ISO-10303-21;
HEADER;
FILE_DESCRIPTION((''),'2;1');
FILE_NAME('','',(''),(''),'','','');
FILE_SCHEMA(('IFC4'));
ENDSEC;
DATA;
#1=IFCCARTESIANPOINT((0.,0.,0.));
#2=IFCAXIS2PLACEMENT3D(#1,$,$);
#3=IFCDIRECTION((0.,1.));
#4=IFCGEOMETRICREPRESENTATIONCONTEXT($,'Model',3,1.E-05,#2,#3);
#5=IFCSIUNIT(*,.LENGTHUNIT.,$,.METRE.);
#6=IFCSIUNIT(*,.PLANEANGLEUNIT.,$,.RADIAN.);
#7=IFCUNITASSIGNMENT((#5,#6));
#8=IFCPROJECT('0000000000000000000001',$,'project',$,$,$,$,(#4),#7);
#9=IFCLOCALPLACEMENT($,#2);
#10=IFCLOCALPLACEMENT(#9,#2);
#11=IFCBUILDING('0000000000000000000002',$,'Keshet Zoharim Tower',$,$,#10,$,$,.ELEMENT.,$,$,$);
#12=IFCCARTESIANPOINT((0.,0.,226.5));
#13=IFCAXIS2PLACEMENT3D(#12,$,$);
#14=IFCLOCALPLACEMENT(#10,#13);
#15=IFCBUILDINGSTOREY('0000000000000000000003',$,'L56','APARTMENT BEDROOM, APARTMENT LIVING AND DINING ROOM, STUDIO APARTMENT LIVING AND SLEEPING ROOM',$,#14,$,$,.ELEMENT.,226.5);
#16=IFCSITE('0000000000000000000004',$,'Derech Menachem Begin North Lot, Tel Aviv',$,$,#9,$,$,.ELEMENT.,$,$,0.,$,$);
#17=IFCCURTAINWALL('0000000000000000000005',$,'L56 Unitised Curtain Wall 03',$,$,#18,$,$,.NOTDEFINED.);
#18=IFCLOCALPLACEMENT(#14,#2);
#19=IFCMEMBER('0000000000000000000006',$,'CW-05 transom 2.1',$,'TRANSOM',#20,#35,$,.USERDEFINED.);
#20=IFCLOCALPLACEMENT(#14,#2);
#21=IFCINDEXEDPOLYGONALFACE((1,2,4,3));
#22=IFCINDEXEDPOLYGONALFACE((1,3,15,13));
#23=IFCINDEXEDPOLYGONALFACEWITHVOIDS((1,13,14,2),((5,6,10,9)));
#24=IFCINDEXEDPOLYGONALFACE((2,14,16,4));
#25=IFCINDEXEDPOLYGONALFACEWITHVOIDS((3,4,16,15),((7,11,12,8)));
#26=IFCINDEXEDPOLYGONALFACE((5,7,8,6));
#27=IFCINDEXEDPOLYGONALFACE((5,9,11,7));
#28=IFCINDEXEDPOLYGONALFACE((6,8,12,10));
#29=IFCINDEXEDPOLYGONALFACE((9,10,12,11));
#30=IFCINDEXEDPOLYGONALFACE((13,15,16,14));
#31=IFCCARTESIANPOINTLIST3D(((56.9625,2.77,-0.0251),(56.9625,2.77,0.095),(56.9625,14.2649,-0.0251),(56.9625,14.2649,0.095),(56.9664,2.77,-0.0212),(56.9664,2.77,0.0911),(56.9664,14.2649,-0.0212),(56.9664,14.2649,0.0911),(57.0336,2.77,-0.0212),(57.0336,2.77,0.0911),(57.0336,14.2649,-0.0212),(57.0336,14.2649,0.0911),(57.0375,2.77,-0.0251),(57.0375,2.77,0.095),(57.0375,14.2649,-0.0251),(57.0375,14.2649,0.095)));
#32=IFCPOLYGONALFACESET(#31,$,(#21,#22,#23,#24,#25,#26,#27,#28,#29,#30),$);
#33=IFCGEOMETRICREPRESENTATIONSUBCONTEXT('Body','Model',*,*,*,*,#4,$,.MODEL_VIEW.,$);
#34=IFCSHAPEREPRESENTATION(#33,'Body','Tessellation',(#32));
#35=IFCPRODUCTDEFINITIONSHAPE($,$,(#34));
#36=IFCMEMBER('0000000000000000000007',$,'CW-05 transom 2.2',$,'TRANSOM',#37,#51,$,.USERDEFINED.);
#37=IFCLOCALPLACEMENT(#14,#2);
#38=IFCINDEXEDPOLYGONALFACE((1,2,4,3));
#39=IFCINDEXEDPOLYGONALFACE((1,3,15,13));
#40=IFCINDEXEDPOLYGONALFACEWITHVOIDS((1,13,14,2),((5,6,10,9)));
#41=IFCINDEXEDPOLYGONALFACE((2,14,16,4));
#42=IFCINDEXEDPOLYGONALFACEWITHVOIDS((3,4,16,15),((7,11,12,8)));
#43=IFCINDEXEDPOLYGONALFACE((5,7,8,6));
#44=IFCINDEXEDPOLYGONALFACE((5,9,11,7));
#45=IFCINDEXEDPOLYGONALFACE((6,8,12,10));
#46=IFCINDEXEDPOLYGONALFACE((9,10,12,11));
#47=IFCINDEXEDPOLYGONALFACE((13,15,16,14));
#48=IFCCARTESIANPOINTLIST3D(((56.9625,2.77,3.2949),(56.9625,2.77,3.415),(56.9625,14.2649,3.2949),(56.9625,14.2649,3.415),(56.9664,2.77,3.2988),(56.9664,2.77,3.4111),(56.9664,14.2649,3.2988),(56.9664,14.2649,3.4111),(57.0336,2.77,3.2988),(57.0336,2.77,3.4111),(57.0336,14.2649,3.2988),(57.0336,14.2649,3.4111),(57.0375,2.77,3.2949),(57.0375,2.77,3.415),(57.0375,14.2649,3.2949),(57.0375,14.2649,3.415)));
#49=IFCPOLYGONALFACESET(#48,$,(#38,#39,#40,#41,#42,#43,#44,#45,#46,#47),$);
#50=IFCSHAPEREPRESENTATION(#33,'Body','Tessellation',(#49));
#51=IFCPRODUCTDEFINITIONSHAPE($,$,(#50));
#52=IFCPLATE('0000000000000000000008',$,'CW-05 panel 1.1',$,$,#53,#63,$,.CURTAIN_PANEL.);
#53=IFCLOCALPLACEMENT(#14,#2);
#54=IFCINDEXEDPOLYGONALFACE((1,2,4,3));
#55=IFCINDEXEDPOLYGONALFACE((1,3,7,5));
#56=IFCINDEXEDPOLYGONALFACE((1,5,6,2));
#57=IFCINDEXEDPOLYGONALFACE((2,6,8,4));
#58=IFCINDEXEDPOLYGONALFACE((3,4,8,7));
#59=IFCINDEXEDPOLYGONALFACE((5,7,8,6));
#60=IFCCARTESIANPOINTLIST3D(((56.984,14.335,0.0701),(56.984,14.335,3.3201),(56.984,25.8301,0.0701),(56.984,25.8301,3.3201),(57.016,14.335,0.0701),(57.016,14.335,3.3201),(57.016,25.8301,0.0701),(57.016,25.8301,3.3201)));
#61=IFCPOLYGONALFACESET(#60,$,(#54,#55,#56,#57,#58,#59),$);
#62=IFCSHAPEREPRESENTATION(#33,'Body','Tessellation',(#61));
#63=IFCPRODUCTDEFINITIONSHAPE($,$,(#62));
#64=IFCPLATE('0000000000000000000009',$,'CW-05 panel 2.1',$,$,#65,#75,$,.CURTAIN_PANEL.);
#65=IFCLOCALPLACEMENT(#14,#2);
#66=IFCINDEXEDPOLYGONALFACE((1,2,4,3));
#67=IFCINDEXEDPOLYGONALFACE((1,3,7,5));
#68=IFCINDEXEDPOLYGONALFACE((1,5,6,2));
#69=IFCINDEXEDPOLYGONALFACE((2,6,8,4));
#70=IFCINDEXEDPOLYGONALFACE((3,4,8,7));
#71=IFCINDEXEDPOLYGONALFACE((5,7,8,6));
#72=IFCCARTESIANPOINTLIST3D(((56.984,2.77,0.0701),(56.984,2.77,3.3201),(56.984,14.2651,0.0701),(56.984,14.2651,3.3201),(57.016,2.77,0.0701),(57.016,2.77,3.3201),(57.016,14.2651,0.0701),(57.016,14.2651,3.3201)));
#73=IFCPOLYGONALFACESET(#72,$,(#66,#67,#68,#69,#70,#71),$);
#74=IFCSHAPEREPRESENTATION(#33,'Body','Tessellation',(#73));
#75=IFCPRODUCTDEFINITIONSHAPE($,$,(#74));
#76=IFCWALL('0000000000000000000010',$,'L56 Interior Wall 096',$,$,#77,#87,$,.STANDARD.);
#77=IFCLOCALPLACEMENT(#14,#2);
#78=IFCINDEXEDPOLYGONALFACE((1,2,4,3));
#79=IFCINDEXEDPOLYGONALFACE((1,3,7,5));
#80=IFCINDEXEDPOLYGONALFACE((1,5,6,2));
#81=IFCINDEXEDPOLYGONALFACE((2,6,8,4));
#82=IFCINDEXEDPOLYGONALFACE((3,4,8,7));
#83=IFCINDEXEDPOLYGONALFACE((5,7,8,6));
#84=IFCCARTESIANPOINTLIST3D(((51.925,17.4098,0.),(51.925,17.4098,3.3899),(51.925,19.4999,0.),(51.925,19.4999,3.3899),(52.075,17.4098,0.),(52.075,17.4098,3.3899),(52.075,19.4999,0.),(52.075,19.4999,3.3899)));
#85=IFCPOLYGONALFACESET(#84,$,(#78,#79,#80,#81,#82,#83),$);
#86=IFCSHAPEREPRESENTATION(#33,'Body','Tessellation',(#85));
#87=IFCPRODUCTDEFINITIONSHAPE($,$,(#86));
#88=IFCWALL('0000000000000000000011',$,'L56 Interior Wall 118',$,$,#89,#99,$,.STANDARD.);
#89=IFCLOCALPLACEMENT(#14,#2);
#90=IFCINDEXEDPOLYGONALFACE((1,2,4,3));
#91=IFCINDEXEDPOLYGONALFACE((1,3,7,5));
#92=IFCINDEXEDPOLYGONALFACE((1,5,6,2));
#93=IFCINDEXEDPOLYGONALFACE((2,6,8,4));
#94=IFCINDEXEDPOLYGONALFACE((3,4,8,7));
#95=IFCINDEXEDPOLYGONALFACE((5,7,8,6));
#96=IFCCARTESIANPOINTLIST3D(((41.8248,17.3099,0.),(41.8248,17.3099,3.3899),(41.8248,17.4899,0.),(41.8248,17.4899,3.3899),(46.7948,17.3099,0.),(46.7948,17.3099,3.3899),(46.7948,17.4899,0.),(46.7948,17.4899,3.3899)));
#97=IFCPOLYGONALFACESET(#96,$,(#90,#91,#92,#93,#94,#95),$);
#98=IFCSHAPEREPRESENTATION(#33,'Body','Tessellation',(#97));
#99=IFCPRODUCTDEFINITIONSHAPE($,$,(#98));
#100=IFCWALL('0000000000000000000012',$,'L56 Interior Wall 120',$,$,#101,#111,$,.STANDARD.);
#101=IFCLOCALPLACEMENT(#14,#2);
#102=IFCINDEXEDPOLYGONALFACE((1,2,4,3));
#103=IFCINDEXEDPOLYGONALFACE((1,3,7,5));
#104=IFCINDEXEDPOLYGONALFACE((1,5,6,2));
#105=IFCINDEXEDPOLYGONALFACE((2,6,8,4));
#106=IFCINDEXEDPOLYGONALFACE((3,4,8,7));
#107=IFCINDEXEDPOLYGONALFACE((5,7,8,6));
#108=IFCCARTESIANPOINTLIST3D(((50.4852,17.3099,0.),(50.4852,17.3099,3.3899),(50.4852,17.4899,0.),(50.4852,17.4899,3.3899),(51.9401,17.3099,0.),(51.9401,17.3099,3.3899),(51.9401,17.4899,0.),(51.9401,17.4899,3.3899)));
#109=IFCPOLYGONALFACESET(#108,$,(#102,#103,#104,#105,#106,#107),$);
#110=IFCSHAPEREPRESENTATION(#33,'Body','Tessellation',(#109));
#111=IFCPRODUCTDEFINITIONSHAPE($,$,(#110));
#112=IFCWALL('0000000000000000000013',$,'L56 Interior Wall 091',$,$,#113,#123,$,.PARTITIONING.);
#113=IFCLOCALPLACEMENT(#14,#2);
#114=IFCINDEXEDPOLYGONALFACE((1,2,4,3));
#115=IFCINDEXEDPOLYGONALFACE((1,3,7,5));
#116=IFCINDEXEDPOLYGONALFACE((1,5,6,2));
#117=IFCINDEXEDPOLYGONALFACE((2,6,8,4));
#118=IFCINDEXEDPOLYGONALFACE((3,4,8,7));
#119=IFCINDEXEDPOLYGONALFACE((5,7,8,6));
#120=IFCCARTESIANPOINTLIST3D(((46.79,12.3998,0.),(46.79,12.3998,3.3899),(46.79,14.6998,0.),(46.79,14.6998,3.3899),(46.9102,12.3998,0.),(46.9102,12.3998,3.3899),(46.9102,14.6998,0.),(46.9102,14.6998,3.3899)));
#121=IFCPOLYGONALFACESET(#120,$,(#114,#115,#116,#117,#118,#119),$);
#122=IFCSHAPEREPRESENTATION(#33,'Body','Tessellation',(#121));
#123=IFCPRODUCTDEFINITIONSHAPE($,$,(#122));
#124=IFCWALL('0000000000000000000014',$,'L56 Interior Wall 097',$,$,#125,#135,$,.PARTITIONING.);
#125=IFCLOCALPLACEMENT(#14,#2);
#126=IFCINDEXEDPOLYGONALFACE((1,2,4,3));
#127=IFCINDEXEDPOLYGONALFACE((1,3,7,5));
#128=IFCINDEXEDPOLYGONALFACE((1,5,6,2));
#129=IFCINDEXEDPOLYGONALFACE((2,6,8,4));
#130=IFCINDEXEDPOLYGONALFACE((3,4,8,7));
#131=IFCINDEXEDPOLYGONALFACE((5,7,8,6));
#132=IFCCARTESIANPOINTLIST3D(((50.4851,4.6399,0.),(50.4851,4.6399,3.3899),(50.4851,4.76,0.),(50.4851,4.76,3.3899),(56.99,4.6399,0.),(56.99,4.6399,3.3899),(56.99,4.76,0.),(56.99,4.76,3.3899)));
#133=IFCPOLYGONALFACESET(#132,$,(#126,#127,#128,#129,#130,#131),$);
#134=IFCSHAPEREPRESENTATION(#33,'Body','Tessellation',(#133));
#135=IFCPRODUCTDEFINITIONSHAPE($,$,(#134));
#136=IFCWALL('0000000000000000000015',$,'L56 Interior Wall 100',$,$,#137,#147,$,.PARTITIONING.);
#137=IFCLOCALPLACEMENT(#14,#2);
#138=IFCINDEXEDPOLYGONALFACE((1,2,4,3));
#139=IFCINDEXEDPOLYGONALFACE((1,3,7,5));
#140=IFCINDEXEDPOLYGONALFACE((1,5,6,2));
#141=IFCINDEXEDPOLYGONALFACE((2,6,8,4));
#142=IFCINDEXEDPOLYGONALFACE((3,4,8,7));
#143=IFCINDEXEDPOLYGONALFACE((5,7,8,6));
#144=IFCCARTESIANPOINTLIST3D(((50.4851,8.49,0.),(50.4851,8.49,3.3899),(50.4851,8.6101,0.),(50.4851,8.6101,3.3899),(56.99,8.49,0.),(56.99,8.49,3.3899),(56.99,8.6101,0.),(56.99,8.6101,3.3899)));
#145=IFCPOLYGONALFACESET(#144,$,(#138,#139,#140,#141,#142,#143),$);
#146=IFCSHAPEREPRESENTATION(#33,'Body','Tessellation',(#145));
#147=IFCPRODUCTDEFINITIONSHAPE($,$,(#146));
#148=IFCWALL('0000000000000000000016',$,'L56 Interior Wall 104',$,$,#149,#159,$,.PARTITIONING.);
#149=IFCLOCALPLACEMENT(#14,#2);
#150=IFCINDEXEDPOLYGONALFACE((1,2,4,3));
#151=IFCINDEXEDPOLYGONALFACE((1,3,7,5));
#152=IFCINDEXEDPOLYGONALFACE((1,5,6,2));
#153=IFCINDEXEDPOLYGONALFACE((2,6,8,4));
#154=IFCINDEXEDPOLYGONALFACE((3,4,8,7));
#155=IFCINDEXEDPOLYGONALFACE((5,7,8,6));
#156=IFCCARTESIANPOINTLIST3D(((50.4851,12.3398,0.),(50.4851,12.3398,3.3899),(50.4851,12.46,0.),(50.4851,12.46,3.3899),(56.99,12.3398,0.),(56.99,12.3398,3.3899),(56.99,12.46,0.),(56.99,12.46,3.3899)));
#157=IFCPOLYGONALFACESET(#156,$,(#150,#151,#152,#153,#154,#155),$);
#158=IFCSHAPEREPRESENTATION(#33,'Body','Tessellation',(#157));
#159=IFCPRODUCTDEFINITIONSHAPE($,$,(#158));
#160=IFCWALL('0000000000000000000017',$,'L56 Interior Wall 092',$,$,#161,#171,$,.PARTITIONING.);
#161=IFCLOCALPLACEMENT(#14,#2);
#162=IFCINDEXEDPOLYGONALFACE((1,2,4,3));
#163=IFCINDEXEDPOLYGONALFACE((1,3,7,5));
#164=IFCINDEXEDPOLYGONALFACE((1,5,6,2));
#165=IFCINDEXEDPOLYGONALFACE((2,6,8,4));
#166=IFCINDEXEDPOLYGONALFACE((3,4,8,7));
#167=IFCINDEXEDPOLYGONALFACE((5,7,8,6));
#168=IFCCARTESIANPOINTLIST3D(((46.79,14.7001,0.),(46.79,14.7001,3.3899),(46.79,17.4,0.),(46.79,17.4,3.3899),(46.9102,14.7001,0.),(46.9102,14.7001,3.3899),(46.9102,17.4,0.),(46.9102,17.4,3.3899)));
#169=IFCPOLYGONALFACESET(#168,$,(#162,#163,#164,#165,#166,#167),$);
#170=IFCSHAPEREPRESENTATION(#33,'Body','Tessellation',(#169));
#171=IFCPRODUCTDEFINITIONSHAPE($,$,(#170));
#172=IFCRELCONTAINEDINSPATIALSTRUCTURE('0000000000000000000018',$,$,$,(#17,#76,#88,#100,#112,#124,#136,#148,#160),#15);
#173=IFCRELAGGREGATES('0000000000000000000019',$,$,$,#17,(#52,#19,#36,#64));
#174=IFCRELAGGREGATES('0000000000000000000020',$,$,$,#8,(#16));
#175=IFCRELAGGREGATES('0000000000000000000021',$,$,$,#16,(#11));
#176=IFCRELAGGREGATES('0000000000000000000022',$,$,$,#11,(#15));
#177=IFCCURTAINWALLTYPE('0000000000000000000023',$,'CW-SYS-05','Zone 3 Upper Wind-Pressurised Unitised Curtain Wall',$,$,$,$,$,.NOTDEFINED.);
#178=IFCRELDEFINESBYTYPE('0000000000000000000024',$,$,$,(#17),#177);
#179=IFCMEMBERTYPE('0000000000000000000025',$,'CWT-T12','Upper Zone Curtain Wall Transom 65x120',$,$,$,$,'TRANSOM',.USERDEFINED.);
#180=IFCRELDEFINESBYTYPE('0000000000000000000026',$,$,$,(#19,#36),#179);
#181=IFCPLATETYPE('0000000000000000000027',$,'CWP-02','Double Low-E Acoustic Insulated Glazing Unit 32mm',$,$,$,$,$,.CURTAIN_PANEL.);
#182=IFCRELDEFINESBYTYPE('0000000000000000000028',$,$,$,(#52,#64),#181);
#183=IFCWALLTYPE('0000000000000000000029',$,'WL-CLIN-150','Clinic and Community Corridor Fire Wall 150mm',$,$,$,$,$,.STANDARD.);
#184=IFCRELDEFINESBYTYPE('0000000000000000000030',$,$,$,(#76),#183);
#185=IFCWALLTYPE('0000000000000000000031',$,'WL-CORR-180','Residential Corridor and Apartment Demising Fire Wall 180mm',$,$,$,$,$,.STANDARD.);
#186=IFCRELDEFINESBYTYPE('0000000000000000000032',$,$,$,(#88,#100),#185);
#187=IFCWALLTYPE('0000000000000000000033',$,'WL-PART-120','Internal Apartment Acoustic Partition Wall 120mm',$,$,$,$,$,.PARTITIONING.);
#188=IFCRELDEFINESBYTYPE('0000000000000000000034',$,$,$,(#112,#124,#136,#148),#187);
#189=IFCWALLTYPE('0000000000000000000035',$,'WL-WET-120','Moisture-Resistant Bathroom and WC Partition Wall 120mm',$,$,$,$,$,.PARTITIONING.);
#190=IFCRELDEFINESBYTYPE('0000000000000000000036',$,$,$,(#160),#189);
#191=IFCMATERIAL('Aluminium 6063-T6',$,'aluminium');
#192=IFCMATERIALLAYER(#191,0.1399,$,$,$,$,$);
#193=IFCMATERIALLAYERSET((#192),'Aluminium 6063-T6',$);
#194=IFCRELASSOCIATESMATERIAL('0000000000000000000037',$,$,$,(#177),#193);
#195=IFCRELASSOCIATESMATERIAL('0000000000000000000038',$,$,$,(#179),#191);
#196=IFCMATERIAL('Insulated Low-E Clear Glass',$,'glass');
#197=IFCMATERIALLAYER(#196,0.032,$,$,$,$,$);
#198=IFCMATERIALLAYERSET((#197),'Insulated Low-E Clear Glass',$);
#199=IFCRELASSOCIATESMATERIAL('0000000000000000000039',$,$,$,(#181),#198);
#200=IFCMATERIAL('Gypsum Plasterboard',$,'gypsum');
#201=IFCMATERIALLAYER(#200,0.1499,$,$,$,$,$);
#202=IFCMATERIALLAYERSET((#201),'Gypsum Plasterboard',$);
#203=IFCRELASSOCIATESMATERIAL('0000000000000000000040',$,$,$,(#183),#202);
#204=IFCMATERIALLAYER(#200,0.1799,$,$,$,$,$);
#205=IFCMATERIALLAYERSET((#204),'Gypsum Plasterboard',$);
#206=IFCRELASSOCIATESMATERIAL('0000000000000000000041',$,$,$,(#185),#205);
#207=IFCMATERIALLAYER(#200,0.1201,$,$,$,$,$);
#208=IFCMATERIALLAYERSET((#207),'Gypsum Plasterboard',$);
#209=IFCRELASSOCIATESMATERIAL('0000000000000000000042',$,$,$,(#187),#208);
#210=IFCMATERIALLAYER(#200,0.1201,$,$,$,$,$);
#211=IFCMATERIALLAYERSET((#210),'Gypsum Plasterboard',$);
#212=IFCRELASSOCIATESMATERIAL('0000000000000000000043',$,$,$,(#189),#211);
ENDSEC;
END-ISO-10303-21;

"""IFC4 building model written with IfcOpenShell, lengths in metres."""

from ifc_helpers import new_model, si_unit, direction, frame, frame_2d, origin, origin_2d, place, context, subcontext, project, spatial, rectangle, hollow_rectangle, extrude, material, layer, layer_set, material_profile, profile_set, type_object, element, aggregate, save


model = new_model("IFC4")

# Units and contexts
model_context = context("Model", 3, precision=1e-05, world=origin(), true_north=direction((0.0, 1.0)))
body_context = subcontext(model_context, "Body", "Model", "MODEL_VIEW")
ifc_project = project(units=[si_unit("LENGTHUNIT", "METRE"), si_unit("PLANEANGLEUNIT", "RADIAN")], contexts=[model_context])

# Site, building, storey
site_placement = place(None, origin())
site = spatial("IfcSite", under=ifc_project, at=site_placement, Name="Derech Menachem Begin North Lot, Tel Aviv", CompositionType="ELEMENT", RefElevation=0.0)
building_placement = place(site_placement, origin())
building = spatial("IfcBuilding", under=site, at=building_placement, Name="Keshet Zoharim Tower", CompositionType="ELEMENT")
storey_placement = place(building_placement, frame((0.0, 0.0, 226.5)))
storey = spatial("IfcBuildingStorey", under=building, at=storey_placement, Name="L56", Description="APARTMENT BEDROOM, APARTMENT LIVING AND DINING ROOM, STUDIO APARTMENT LIVING AND SLEEPING ROOM", CompositionType="ELEMENT", Elevation=226.5)

# Curtain wall, members, plates
ifc_material_1 = material(Name="Aluminium 6063-T6", Category="aluminium")
ifc_layer_1 = layer(ifc_material_1, 0.1399)
ifc_layer_set_1 = layer_set([ifc_layer_1], Name="Aluminium 6063-T6")
curtain_wall_type = type_object("IfcCurtainWallType", Name="CW-SYS-05", Description="Zone 3 Upper Wind-Pressurised Unitised Curtain Wall", PredefinedType="NOTDEFINED", material=ifc_layer_set_1)
curtain_wall_placement = place(storey_placement, origin())
curtain_wall = element("IfcCurtainWall", 1, at=curtain_wall_placement, inside=storey, type_object=curtain_wall_type, Name="L56 Unitised Curtain Wall 03", PredefinedType="NOTDEFINED")
ifc_material_profile_1 = material_profile(ifc_material_1, hollow_rectangle(XDim=0.075, YDim=0.1201, WallThickness=0.0039, at=origin_2d()), Name="TRN-75x120")
ifc_profile_set_1 = profile_set([ifc_material_profile_1], Name="Aluminium 6063-T6")
member_type_1 = type_object("IfcMemberType", Name="CWT-T12", Description="Upper Zone Curtain Wall Transom 65x120", ElementType="TRANSOM", PredefinedType="USERDEFINED", material=ifc_profile_set_1)
member_1_placement = place(storey_placement, frame((57.0, 14.2649, 0.0349), z_axis=(0.0, -1.0, 0.0), x_axis=(1.0, 0.0, 0.0)))
member_1 = element("IfcMember", 2, at=member_1_placement, type_object=member_type_1, Name="CW-05 transom 2.1", ObjectType="TRANSOM", PredefinedType="USERDEFINED", context=body_context, shape_type="SweptSolid", body=[
    extrude(hollow_rectangle(XDim=0.075, YDim=0.1201, WallThickness=0.0039, at=origin_2d()), origin(), (0.0, 0.0, 1.0), 11.4949),
])
member_2_placement = place(storey_placement, frame((57.0, 14.2649, 3.355), z_axis=(0.0, -1.0, 0.0), x_axis=(1.0, 0.0, 0.0)))
member_2 = element("IfcMember", 3, at=member_2_placement, type_object=member_type_1, Name="CW-05 transom 2.2", ObjectType="TRANSOM", PredefinedType="USERDEFINED", context=body_context, shape_type="SweptSolid", body=[
    extrude(hollow_rectangle(XDim=0.075, YDim=0.1201, WallThickness=0.0039, at=origin_2d()), origin(), (0.0, 0.0, 1.0), 11.4949),
])
ifc_material_2 = material(Name="Insulated Low-E Clear Glass", Category="glass")
ifc_layer_2 = layer(ifc_material_2, 0.032)
ifc_layer_set_2 = layer_set([ifc_layer_2], Name="Insulated Low-E Clear Glass")
plate_type = type_object("IfcPlateType", Name="CWP-02", Description="Double Low-E Acoustic Insulated Glazing Unit 32mm", PredefinedType="CURTAIN_PANEL", material=ifc_layer_set_2)
plate_1_placement = place(storey_placement, frame((57.0, 20.0825, 0.0701), z_axis=(0.0, 0.0, 1.0), x_axis=(0.0, -1.0, 0.0)))
plate_1 = element("IfcPlate", 4, at=plate_1_placement, type_object=plate_type, Name="CW-05 panel 1.1", PredefinedType="CURTAIN_PANEL", context=body_context, shape_type="SweptSolid", body=[
    extrude(rectangle(XDim=11.4951, YDim=0.032, at=origin_2d()), origin(), (0.0, 0.0, 1.0), 3.25),
])
plate_2_placement = place(storey_placement, frame((57.0, 8.5176, 0.0701), z_axis=(0.0, 0.0, 1.0), x_axis=(0.0, -1.0, 0.0)))
plate_2 = element("IfcPlate", 5, at=plate_2_placement, type_object=plate_type, Name="CW-05 panel 2.1", PredefinedType="CURTAIN_PANEL", context=body_context, shape_type="SweptSolid", body=[
    extrude(rectangle(XDim=11.4951, YDim=0.032, at=origin_2d()), origin(), (0.0, 0.0, 1.0), 3.25),
])
aggregate(curtain_wall, [plate_1, member_1, member_2, plate_2])

# Walls
ifc_material_3 = material(Name="Gypsum Plasterboard", Category="gypsum")
ifc_layer_3 = layer(ifc_material_3, 0.1499)
ifc_layer_set_3 = layer_set([ifc_layer_3], Name="Gypsum Plasterboard")
wall_type_1 = type_object("IfcWallType", Name="WL-CLIN-150", Description="Clinic and Community Corridor Fire Wall 150mm", PredefinedType="STANDARD", material=ifc_layer_set_3)
wall_1_placement = place(storey_placement, frame((52.0, 17.4099, 0.0), z_axis=(0.0, 0.0, 1.0), x_axis=(0.0, 1.0, 0.0)))
element("IfcWall", 6, at=wall_1_placement, inside=storey, type_object=wall_type_1, Name="L56 Interior Wall 096", PredefinedType="STANDARD", context=body_context, shape_type="SweptSolid", body=[
    extrude(rectangle(XDim=2.0901, YDim=0.1499, at=frame_2d((1.0449, 0.0))), origin(), (0.0, 0.0, 1.0), 3.3899),
])
ifc_layer_4 = layer(ifc_material_3, 0.1799)
ifc_layer_set_4 = layer_set([ifc_layer_4], Name="Gypsum Plasterboard")
wall_type_2 = type_object("IfcWallType", Name="WL-CORR-180", Description="Residential Corridor and Apartment Demising Fire Wall 180mm", PredefinedType="STANDARD", material=ifc_layer_set_4)
wall_2_placement = place(storey_placement, frame((41.825, 17.3999, 0.0), z_axis=(0.0, 0.0, 1.0), x_axis=(1.0, 0.0, 0.0)))
element("IfcWall", 7, at=wall_2_placement, inside=storey, type_object=wall_type_2, Name="L56 Interior Wall 118", PredefinedType="STANDARD", context=body_context, shape_type="SweptSolid", body=[
    extrude(rectangle(XDim=4.97, YDim=0.1799, at=frame_2d((2.4849, 0.0))), origin(), (0.0, 0.0, 1.0), 3.3899),
])

# Walls
wall_3_placement = place(storey_placement, frame((50.4851, 17.3999, 0.0), z_axis=(0.0, 0.0, 1.0), x_axis=(1.0, 0.0, 0.0)))
element("IfcWall", 8, at=wall_3_placement, inside=storey, type_object=wall_type_2, Name="L56 Interior Wall 120", PredefinedType="STANDARD", context=body_context, shape_type="SweptSolid", body=[
    extrude(rectangle(XDim=1.4548, YDim=0.1799, at=frame_2d((0.7275, 0.0))), origin(), (0.0, 0.0, 1.0), 3.3899),
])
ifc_layer_5 = layer(ifc_material_3, 0.1201)
ifc_layer_set_5 = layer_set([ifc_layer_5], Name="Gypsum Plasterboard")
wall_type_3 = type_object("IfcWallType", Name="WL-PART-120", Description="Internal Apartment Acoustic Partition Wall 120mm", PredefinedType="PARTITIONING", material=ifc_layer_set_5)
wall_4_placement = place(storey_placement, frame((46.8501, 12.3999, 0.0), z_axis=(0.0, 0.0, 1.0), x_axis=(0.0, 1.0, 0.0)))
element("IfcWall", 9, at=wall_4_placement, inside=storey, type_object=wall_type_3, Name="L56 Interior Wall 091", PredefinedType="PARTITIONING", context=body_context, shape_type="SweptSolid", body=[
    extrude(rectangle(XDim=2.3, YDim=0.1201, at=frame_2d((1.1499, 0.0))), origin(), (0.0, 0.0, 1.0), 3.3899),
])

# Walls
for number, where, z_axis, x_axis, name in (
    (10, (50.4851, 4.7, 0.0), (0.0, 0.0, 1.0), (1.0, 0.0, 0.0), "L56 Interior Wall 097"),
    (11, (50.4851, 8.55, 0.0), (0.0, 0.0, 1.0), (1.0, 0.0, 0.0), "L56 Interior Wall 100"),
    (12, (50.4851, 12.3999, 0.0), (0.0, 0.0, 1.0), (1.0, 0.0, 0.0), "L56 Interior Wall 104"),
):
    element("IfcWall", number, at=place(storey_placement, frame(where, z_axis=z_axis, x_axis=x_axis)), inside=storey, type_object=wall_type_3, Name=name, PredefinedType="PARTITIONING", context=body_context, shape_type="SweptSolid", body=[
        extrude(rectangle(XDim=6.5049, YDim=0.1201, at=frame_2d((3.2524, 0.0))), origin(), (0.0, 0.0, 1.0), 3.3899),
    ])
ifc_layer_6 = layer(ifc_material_3, 0.1201)
ifc_layer_set_6 = layer_set([ifc_layer_6], Name="Gypsum Plasterboard")
wall_type_4 = type_object("IfcWallType", Name="WL-WET-120", Description="Moisture-Resistant Bathroom and WC Partition Wall 120mm", PredefinedType="PARTITIONING", material=ifc_layer_set_6)
wall_5_placement = place(storey_placement, frame((46.8501, 14.7, 0.0), z_axis=(0.0, 0.0, 1.0), x_axis=(0.0, 1.0, 0.0)))
element("IfcWall", 13, at=wall_5_placement, inside=storey, type_object=wall_type_4, Name="L56 Interior Wall 092", PredefinedType="PARTITIONING", context=body_context, shape_type="SweptSolid", body=[
    extrude(rectangle(XDim=2.7, YDim=0.1201, at=frame_2d((1.3501, 0.0))), origin(), (0.0, 0.0, 1.0), 3.3899),
])

save(model, "model.ifc")
